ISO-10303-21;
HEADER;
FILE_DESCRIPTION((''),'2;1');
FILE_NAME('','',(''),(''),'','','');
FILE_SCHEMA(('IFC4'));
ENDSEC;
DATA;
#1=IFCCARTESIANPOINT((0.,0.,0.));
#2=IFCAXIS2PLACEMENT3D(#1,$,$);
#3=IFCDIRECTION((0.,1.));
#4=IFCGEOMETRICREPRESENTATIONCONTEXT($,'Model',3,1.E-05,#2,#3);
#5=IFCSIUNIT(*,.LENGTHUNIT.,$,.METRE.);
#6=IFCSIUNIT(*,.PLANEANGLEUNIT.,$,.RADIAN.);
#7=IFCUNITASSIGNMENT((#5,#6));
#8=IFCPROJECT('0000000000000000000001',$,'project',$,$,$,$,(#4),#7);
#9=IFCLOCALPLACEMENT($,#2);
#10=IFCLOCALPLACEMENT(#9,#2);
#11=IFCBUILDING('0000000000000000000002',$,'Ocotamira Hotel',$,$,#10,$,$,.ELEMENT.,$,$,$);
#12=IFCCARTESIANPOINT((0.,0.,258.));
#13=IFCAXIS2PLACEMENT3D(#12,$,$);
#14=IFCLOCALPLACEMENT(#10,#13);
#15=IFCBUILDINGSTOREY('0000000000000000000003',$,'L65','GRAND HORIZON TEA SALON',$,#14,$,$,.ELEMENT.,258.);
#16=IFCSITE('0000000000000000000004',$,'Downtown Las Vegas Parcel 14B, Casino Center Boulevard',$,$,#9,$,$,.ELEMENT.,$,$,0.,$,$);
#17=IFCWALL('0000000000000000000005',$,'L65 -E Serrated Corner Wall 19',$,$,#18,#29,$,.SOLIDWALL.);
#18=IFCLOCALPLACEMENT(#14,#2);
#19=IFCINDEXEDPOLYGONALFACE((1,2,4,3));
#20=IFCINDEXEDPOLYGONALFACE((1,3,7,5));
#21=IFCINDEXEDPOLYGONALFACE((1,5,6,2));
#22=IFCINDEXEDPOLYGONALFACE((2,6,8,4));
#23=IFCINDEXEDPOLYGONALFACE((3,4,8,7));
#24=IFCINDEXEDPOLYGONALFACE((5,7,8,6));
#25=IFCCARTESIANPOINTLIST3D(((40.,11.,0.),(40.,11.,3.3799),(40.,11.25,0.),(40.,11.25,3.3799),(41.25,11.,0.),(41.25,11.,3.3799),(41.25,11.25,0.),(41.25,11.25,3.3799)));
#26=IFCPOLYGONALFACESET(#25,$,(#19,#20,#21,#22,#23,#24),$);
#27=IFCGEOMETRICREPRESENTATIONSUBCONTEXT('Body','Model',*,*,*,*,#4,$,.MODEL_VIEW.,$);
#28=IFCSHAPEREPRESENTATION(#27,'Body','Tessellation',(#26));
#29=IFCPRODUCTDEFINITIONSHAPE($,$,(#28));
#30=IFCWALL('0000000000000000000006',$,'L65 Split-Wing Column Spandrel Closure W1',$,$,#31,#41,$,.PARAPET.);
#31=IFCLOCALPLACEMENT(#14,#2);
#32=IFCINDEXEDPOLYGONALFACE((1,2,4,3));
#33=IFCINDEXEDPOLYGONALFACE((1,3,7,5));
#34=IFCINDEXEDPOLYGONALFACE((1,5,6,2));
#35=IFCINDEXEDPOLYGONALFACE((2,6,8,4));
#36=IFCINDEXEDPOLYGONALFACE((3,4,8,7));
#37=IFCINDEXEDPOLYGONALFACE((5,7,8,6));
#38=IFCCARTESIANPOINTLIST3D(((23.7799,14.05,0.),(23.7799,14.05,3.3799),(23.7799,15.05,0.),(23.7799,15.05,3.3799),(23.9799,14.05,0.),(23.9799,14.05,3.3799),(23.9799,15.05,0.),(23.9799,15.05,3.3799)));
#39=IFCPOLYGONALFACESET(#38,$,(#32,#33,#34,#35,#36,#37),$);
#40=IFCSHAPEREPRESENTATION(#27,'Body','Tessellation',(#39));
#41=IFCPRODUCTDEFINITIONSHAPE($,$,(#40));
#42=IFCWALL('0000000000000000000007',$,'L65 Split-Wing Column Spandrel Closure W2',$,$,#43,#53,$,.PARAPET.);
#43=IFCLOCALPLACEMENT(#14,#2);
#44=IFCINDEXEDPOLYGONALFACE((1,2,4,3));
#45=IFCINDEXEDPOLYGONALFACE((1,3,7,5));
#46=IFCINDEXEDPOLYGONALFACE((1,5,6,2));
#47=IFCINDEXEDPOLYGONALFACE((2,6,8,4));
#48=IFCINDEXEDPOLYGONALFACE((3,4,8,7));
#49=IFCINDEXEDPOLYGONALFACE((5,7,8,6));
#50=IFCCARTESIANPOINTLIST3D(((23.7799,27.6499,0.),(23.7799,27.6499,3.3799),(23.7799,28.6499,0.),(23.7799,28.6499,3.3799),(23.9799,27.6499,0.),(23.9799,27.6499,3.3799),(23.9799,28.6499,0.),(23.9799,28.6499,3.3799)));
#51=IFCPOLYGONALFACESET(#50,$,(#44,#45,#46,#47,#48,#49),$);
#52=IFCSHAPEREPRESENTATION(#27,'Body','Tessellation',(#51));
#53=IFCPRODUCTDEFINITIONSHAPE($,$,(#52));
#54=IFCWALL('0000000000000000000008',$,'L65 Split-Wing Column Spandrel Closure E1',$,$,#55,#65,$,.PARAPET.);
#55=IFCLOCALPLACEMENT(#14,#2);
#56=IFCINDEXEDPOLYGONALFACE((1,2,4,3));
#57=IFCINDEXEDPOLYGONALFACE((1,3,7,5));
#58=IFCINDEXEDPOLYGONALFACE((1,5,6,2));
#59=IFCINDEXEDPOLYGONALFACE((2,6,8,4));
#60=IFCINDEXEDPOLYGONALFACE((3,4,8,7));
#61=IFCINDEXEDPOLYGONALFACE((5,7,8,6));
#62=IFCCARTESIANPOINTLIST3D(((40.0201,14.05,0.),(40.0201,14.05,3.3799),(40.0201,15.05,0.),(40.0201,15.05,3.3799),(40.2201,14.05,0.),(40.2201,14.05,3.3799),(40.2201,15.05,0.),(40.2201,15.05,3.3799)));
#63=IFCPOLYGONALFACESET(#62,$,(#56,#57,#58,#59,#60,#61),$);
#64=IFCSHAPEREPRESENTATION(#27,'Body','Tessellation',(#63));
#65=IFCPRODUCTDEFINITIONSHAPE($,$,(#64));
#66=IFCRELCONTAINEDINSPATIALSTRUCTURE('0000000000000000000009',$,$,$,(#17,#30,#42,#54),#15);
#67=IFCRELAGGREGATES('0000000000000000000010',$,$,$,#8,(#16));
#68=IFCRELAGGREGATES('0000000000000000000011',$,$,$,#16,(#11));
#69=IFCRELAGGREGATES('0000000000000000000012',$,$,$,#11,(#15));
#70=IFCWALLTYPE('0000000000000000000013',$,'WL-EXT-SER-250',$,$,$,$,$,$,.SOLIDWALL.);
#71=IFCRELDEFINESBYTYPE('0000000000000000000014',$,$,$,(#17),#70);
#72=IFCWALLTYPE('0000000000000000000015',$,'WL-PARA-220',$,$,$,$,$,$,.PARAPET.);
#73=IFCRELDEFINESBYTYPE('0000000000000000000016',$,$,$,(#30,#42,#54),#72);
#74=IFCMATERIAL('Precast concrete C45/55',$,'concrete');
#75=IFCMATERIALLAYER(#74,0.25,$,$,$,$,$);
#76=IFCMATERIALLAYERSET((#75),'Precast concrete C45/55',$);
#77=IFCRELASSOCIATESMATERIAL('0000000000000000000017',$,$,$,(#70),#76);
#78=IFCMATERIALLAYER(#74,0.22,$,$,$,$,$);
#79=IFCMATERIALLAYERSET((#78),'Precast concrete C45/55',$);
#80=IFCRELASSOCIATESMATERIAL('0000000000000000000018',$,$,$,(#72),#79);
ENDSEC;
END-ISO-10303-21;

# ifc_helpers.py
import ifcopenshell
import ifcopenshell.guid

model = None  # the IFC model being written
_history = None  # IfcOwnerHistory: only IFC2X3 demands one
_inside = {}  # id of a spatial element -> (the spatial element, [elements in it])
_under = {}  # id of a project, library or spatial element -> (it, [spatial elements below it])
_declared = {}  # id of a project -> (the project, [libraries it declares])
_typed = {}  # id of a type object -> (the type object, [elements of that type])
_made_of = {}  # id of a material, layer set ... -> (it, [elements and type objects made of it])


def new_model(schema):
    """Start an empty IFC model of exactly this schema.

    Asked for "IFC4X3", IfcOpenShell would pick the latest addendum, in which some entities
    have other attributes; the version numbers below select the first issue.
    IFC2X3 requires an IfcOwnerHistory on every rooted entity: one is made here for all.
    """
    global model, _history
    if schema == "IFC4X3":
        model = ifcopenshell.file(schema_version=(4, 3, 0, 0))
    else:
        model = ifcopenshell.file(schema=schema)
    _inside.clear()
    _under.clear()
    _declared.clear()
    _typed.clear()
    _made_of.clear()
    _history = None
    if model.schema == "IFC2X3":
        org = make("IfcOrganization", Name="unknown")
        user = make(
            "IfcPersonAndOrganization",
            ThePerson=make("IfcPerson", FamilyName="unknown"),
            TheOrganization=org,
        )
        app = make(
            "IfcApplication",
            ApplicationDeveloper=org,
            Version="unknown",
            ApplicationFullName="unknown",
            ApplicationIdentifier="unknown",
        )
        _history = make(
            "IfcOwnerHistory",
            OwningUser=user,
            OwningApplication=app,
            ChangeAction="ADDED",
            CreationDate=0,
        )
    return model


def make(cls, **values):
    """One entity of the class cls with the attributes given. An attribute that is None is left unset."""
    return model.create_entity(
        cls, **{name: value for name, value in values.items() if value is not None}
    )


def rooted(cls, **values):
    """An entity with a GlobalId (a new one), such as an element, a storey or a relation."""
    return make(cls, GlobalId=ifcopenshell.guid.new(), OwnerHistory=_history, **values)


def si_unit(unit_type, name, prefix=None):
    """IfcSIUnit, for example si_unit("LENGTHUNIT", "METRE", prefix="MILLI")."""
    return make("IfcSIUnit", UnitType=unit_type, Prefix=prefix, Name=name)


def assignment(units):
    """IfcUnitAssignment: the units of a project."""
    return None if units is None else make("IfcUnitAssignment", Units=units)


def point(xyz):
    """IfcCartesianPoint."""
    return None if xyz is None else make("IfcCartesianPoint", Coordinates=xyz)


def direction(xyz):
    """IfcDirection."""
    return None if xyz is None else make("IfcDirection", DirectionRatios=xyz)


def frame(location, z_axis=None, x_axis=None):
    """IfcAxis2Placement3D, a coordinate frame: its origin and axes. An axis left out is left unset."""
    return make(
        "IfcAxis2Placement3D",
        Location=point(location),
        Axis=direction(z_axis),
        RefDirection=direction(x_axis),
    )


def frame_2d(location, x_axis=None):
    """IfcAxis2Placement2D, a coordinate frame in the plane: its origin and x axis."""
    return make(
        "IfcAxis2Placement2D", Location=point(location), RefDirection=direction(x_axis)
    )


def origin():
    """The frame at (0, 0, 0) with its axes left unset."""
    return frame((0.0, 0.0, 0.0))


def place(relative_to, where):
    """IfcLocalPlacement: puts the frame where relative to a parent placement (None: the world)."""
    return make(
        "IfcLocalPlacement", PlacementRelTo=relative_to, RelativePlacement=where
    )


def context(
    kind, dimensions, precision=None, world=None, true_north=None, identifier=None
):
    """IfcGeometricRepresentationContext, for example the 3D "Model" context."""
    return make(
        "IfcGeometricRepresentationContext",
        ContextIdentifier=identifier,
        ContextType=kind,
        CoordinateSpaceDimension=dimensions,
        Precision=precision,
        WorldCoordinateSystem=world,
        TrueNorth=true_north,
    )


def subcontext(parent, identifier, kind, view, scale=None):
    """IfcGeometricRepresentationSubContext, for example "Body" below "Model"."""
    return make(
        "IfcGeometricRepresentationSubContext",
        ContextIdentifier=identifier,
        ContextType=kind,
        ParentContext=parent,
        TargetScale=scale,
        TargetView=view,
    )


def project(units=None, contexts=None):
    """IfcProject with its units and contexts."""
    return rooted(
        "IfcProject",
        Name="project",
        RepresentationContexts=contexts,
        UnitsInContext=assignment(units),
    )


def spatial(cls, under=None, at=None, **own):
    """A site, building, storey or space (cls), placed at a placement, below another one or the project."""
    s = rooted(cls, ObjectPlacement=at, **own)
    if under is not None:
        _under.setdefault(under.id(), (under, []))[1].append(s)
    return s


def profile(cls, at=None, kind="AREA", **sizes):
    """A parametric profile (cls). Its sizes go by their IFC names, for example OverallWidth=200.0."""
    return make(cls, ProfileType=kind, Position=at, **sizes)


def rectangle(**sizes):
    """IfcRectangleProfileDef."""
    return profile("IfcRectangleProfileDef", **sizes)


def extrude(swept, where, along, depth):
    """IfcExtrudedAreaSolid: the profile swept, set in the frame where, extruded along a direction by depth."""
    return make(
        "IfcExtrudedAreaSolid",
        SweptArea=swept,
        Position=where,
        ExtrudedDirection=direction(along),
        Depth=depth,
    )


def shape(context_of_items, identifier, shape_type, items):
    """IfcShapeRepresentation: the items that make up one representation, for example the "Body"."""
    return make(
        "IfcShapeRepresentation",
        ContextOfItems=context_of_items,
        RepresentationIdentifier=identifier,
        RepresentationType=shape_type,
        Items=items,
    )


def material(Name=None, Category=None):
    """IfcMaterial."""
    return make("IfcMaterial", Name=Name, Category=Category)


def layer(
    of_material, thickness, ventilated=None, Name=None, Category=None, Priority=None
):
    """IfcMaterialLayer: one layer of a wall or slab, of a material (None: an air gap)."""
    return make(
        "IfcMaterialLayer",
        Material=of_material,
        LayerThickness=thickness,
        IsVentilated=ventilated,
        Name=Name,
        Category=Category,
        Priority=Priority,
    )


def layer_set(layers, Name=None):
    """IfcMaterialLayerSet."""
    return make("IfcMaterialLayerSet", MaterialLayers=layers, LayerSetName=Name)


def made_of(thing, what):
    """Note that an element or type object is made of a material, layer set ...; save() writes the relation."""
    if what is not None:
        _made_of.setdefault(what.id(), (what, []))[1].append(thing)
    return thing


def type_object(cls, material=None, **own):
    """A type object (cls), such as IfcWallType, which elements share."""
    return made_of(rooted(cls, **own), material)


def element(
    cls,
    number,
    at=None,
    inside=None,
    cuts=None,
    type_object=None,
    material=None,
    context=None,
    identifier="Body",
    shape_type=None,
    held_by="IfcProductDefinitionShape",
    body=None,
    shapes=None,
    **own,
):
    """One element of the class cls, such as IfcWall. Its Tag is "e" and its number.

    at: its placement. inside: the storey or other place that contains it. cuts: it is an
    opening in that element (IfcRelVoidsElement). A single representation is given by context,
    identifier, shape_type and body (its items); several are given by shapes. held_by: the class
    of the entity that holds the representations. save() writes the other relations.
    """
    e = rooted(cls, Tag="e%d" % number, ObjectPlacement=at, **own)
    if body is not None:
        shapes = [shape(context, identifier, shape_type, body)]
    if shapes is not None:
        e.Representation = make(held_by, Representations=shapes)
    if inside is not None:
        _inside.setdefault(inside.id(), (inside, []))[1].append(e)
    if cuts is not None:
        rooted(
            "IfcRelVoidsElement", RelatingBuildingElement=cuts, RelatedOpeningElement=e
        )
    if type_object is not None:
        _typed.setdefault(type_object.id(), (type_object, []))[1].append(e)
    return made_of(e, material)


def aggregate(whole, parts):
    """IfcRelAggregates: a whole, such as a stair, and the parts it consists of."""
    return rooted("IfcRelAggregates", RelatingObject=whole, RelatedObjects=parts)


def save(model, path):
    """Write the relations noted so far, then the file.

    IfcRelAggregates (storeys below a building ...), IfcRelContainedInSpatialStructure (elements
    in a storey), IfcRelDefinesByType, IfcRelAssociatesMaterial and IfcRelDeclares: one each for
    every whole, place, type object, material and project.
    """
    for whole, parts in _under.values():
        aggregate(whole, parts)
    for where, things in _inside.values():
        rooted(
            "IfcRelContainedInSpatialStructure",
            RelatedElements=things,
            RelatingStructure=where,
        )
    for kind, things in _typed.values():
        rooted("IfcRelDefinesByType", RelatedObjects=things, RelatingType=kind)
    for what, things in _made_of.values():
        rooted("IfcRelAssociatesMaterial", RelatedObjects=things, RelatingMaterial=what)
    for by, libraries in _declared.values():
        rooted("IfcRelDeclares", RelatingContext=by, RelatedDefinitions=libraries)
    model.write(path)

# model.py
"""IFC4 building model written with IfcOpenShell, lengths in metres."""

from ifc_helpers import new_model, si_unit, direction, frame, frame_2d, origin, place, context, subcontext, project, spatial, rectangle, extrude, material, layer, layer_set, type_object, element, save


model = new_model("IFC4")

# Units and contexts
model_context = context("Model", 3, precision=1e-05, world=origin(), true_north=direction((0.0, 1.0)))
body_context = subcontext(model_context, "Body", "Model", "MODEL_VIEW")
ifc_project = project(units=[si_unit("LENGTHUNIT", "METRE"), si_unit("PLANEANGLEUNIT", "RADIAN")], contexts=[model_context])

# Site, building, storey
site_placement = place(None, origin())
site = spatial("IfcSite", under=ifc_project, at=site_placement, Name="Downtown Las Vegas Parcel 14B, Casino Center Boulevard", CompositionType="ELEMENT", RefElevation=0.0)
building_placement = place(site_placement, origin())
building = spatial("IfcBuilding", under=site, at=building_placement, Name="Ocotamira Hotel", CompositionType="ELEMENT")
storey_placement = place(building_placement, frame((0.0, 0.0, 258.0)))
storey = spatial("IfcBuildingStorey", under=building, at=storey_placement, Name="L65", Description="GRAND HORIZON TEA SALON", CompositionType="ELEMENT", Elevation=258.0)

# Walls
ifc_material_1 = material(Name="Precast concrete C45/55", Category="concrete")
ifc_layer_1 = layer(ifc_material_1, 0.25)
ifc_layer_set_1 = layer_set([ifc_layer_1], Name="Precast concrete C45/55")
wall_type_1 = type_object("IfcWallType", Name="WL-EXT-SER-250", PredefinedType="SOLIDWALL", material=ifc_layer_set_1)
wall_placement = place(storey_placement, frame((40.0, 11.125, 0.0), z_axis=(0.0, 0.0, 1.0), x_axis=(1.0, 0.0, 0.0)))
element("IfcWall", 1, at=wall_placement, inside=storey, type_object=wall_type_1, Name="L65 -E Serrated Corner Wall 19", PredefinedType="SOLIDWALL", context=body_context, shape_type="SweptSolid", body=[
    extrude(rectangle(XDim=1.25, YDim=0.25, at=frame_2d((0.625, 0.0))), origin(), (0.0, 0.0, 1.0), 3.3799),
])
ifc_layer_2 = layer(ifc_material_1, 0.22)
ifc_layer_set_2 = layer_set([ifc_layer_2], Name="Precast concrete C45/55")
wall_type_2 = type_object("IfcWallType", Name="WL-PARA-220", PredefinedType="PARAPET", material=ifc_layer_set_2)
for number, where, z_axis, x_axis, name in (
    (2, (23.8799, 14.05, 0.0), (0.0, 0.0, 1.0), (0.0, 1.0, 0.0), "L65 Split-Wing Column Spandrel Closure W1"),
    (3, (23.8799, 27.6499, 0.0), (0.0, 0.0, 1.0), (0.0, 1.0, 0.0), "L65 Split-Wing Column Spandrel Closure W2"),
    (4, (40.1201, 14.05, 0.0), (0.0, 0.0, 1.0), (0.0, 1.0, 0.0), "L65 Split-Wing Column Spandrel Closure E1"),
):
    element("IfcWall", number, at=place(storey_placement, frame(where, z_axis=z_axis, x_axis=x_axis)), inside=storey, type_object=wall_type_2, Name=name, PredefinedType="PARAPET", context=body_context, shape_type="SweptSolid", body=[
        extrude(rectangle(XDim=1.0, YDim=0.2, at=frame_2d((0.5, 0.0))), origin(), (0.0, 0.0, 1.0), 3.3799),
    ])

save(model, "model.ifc")
